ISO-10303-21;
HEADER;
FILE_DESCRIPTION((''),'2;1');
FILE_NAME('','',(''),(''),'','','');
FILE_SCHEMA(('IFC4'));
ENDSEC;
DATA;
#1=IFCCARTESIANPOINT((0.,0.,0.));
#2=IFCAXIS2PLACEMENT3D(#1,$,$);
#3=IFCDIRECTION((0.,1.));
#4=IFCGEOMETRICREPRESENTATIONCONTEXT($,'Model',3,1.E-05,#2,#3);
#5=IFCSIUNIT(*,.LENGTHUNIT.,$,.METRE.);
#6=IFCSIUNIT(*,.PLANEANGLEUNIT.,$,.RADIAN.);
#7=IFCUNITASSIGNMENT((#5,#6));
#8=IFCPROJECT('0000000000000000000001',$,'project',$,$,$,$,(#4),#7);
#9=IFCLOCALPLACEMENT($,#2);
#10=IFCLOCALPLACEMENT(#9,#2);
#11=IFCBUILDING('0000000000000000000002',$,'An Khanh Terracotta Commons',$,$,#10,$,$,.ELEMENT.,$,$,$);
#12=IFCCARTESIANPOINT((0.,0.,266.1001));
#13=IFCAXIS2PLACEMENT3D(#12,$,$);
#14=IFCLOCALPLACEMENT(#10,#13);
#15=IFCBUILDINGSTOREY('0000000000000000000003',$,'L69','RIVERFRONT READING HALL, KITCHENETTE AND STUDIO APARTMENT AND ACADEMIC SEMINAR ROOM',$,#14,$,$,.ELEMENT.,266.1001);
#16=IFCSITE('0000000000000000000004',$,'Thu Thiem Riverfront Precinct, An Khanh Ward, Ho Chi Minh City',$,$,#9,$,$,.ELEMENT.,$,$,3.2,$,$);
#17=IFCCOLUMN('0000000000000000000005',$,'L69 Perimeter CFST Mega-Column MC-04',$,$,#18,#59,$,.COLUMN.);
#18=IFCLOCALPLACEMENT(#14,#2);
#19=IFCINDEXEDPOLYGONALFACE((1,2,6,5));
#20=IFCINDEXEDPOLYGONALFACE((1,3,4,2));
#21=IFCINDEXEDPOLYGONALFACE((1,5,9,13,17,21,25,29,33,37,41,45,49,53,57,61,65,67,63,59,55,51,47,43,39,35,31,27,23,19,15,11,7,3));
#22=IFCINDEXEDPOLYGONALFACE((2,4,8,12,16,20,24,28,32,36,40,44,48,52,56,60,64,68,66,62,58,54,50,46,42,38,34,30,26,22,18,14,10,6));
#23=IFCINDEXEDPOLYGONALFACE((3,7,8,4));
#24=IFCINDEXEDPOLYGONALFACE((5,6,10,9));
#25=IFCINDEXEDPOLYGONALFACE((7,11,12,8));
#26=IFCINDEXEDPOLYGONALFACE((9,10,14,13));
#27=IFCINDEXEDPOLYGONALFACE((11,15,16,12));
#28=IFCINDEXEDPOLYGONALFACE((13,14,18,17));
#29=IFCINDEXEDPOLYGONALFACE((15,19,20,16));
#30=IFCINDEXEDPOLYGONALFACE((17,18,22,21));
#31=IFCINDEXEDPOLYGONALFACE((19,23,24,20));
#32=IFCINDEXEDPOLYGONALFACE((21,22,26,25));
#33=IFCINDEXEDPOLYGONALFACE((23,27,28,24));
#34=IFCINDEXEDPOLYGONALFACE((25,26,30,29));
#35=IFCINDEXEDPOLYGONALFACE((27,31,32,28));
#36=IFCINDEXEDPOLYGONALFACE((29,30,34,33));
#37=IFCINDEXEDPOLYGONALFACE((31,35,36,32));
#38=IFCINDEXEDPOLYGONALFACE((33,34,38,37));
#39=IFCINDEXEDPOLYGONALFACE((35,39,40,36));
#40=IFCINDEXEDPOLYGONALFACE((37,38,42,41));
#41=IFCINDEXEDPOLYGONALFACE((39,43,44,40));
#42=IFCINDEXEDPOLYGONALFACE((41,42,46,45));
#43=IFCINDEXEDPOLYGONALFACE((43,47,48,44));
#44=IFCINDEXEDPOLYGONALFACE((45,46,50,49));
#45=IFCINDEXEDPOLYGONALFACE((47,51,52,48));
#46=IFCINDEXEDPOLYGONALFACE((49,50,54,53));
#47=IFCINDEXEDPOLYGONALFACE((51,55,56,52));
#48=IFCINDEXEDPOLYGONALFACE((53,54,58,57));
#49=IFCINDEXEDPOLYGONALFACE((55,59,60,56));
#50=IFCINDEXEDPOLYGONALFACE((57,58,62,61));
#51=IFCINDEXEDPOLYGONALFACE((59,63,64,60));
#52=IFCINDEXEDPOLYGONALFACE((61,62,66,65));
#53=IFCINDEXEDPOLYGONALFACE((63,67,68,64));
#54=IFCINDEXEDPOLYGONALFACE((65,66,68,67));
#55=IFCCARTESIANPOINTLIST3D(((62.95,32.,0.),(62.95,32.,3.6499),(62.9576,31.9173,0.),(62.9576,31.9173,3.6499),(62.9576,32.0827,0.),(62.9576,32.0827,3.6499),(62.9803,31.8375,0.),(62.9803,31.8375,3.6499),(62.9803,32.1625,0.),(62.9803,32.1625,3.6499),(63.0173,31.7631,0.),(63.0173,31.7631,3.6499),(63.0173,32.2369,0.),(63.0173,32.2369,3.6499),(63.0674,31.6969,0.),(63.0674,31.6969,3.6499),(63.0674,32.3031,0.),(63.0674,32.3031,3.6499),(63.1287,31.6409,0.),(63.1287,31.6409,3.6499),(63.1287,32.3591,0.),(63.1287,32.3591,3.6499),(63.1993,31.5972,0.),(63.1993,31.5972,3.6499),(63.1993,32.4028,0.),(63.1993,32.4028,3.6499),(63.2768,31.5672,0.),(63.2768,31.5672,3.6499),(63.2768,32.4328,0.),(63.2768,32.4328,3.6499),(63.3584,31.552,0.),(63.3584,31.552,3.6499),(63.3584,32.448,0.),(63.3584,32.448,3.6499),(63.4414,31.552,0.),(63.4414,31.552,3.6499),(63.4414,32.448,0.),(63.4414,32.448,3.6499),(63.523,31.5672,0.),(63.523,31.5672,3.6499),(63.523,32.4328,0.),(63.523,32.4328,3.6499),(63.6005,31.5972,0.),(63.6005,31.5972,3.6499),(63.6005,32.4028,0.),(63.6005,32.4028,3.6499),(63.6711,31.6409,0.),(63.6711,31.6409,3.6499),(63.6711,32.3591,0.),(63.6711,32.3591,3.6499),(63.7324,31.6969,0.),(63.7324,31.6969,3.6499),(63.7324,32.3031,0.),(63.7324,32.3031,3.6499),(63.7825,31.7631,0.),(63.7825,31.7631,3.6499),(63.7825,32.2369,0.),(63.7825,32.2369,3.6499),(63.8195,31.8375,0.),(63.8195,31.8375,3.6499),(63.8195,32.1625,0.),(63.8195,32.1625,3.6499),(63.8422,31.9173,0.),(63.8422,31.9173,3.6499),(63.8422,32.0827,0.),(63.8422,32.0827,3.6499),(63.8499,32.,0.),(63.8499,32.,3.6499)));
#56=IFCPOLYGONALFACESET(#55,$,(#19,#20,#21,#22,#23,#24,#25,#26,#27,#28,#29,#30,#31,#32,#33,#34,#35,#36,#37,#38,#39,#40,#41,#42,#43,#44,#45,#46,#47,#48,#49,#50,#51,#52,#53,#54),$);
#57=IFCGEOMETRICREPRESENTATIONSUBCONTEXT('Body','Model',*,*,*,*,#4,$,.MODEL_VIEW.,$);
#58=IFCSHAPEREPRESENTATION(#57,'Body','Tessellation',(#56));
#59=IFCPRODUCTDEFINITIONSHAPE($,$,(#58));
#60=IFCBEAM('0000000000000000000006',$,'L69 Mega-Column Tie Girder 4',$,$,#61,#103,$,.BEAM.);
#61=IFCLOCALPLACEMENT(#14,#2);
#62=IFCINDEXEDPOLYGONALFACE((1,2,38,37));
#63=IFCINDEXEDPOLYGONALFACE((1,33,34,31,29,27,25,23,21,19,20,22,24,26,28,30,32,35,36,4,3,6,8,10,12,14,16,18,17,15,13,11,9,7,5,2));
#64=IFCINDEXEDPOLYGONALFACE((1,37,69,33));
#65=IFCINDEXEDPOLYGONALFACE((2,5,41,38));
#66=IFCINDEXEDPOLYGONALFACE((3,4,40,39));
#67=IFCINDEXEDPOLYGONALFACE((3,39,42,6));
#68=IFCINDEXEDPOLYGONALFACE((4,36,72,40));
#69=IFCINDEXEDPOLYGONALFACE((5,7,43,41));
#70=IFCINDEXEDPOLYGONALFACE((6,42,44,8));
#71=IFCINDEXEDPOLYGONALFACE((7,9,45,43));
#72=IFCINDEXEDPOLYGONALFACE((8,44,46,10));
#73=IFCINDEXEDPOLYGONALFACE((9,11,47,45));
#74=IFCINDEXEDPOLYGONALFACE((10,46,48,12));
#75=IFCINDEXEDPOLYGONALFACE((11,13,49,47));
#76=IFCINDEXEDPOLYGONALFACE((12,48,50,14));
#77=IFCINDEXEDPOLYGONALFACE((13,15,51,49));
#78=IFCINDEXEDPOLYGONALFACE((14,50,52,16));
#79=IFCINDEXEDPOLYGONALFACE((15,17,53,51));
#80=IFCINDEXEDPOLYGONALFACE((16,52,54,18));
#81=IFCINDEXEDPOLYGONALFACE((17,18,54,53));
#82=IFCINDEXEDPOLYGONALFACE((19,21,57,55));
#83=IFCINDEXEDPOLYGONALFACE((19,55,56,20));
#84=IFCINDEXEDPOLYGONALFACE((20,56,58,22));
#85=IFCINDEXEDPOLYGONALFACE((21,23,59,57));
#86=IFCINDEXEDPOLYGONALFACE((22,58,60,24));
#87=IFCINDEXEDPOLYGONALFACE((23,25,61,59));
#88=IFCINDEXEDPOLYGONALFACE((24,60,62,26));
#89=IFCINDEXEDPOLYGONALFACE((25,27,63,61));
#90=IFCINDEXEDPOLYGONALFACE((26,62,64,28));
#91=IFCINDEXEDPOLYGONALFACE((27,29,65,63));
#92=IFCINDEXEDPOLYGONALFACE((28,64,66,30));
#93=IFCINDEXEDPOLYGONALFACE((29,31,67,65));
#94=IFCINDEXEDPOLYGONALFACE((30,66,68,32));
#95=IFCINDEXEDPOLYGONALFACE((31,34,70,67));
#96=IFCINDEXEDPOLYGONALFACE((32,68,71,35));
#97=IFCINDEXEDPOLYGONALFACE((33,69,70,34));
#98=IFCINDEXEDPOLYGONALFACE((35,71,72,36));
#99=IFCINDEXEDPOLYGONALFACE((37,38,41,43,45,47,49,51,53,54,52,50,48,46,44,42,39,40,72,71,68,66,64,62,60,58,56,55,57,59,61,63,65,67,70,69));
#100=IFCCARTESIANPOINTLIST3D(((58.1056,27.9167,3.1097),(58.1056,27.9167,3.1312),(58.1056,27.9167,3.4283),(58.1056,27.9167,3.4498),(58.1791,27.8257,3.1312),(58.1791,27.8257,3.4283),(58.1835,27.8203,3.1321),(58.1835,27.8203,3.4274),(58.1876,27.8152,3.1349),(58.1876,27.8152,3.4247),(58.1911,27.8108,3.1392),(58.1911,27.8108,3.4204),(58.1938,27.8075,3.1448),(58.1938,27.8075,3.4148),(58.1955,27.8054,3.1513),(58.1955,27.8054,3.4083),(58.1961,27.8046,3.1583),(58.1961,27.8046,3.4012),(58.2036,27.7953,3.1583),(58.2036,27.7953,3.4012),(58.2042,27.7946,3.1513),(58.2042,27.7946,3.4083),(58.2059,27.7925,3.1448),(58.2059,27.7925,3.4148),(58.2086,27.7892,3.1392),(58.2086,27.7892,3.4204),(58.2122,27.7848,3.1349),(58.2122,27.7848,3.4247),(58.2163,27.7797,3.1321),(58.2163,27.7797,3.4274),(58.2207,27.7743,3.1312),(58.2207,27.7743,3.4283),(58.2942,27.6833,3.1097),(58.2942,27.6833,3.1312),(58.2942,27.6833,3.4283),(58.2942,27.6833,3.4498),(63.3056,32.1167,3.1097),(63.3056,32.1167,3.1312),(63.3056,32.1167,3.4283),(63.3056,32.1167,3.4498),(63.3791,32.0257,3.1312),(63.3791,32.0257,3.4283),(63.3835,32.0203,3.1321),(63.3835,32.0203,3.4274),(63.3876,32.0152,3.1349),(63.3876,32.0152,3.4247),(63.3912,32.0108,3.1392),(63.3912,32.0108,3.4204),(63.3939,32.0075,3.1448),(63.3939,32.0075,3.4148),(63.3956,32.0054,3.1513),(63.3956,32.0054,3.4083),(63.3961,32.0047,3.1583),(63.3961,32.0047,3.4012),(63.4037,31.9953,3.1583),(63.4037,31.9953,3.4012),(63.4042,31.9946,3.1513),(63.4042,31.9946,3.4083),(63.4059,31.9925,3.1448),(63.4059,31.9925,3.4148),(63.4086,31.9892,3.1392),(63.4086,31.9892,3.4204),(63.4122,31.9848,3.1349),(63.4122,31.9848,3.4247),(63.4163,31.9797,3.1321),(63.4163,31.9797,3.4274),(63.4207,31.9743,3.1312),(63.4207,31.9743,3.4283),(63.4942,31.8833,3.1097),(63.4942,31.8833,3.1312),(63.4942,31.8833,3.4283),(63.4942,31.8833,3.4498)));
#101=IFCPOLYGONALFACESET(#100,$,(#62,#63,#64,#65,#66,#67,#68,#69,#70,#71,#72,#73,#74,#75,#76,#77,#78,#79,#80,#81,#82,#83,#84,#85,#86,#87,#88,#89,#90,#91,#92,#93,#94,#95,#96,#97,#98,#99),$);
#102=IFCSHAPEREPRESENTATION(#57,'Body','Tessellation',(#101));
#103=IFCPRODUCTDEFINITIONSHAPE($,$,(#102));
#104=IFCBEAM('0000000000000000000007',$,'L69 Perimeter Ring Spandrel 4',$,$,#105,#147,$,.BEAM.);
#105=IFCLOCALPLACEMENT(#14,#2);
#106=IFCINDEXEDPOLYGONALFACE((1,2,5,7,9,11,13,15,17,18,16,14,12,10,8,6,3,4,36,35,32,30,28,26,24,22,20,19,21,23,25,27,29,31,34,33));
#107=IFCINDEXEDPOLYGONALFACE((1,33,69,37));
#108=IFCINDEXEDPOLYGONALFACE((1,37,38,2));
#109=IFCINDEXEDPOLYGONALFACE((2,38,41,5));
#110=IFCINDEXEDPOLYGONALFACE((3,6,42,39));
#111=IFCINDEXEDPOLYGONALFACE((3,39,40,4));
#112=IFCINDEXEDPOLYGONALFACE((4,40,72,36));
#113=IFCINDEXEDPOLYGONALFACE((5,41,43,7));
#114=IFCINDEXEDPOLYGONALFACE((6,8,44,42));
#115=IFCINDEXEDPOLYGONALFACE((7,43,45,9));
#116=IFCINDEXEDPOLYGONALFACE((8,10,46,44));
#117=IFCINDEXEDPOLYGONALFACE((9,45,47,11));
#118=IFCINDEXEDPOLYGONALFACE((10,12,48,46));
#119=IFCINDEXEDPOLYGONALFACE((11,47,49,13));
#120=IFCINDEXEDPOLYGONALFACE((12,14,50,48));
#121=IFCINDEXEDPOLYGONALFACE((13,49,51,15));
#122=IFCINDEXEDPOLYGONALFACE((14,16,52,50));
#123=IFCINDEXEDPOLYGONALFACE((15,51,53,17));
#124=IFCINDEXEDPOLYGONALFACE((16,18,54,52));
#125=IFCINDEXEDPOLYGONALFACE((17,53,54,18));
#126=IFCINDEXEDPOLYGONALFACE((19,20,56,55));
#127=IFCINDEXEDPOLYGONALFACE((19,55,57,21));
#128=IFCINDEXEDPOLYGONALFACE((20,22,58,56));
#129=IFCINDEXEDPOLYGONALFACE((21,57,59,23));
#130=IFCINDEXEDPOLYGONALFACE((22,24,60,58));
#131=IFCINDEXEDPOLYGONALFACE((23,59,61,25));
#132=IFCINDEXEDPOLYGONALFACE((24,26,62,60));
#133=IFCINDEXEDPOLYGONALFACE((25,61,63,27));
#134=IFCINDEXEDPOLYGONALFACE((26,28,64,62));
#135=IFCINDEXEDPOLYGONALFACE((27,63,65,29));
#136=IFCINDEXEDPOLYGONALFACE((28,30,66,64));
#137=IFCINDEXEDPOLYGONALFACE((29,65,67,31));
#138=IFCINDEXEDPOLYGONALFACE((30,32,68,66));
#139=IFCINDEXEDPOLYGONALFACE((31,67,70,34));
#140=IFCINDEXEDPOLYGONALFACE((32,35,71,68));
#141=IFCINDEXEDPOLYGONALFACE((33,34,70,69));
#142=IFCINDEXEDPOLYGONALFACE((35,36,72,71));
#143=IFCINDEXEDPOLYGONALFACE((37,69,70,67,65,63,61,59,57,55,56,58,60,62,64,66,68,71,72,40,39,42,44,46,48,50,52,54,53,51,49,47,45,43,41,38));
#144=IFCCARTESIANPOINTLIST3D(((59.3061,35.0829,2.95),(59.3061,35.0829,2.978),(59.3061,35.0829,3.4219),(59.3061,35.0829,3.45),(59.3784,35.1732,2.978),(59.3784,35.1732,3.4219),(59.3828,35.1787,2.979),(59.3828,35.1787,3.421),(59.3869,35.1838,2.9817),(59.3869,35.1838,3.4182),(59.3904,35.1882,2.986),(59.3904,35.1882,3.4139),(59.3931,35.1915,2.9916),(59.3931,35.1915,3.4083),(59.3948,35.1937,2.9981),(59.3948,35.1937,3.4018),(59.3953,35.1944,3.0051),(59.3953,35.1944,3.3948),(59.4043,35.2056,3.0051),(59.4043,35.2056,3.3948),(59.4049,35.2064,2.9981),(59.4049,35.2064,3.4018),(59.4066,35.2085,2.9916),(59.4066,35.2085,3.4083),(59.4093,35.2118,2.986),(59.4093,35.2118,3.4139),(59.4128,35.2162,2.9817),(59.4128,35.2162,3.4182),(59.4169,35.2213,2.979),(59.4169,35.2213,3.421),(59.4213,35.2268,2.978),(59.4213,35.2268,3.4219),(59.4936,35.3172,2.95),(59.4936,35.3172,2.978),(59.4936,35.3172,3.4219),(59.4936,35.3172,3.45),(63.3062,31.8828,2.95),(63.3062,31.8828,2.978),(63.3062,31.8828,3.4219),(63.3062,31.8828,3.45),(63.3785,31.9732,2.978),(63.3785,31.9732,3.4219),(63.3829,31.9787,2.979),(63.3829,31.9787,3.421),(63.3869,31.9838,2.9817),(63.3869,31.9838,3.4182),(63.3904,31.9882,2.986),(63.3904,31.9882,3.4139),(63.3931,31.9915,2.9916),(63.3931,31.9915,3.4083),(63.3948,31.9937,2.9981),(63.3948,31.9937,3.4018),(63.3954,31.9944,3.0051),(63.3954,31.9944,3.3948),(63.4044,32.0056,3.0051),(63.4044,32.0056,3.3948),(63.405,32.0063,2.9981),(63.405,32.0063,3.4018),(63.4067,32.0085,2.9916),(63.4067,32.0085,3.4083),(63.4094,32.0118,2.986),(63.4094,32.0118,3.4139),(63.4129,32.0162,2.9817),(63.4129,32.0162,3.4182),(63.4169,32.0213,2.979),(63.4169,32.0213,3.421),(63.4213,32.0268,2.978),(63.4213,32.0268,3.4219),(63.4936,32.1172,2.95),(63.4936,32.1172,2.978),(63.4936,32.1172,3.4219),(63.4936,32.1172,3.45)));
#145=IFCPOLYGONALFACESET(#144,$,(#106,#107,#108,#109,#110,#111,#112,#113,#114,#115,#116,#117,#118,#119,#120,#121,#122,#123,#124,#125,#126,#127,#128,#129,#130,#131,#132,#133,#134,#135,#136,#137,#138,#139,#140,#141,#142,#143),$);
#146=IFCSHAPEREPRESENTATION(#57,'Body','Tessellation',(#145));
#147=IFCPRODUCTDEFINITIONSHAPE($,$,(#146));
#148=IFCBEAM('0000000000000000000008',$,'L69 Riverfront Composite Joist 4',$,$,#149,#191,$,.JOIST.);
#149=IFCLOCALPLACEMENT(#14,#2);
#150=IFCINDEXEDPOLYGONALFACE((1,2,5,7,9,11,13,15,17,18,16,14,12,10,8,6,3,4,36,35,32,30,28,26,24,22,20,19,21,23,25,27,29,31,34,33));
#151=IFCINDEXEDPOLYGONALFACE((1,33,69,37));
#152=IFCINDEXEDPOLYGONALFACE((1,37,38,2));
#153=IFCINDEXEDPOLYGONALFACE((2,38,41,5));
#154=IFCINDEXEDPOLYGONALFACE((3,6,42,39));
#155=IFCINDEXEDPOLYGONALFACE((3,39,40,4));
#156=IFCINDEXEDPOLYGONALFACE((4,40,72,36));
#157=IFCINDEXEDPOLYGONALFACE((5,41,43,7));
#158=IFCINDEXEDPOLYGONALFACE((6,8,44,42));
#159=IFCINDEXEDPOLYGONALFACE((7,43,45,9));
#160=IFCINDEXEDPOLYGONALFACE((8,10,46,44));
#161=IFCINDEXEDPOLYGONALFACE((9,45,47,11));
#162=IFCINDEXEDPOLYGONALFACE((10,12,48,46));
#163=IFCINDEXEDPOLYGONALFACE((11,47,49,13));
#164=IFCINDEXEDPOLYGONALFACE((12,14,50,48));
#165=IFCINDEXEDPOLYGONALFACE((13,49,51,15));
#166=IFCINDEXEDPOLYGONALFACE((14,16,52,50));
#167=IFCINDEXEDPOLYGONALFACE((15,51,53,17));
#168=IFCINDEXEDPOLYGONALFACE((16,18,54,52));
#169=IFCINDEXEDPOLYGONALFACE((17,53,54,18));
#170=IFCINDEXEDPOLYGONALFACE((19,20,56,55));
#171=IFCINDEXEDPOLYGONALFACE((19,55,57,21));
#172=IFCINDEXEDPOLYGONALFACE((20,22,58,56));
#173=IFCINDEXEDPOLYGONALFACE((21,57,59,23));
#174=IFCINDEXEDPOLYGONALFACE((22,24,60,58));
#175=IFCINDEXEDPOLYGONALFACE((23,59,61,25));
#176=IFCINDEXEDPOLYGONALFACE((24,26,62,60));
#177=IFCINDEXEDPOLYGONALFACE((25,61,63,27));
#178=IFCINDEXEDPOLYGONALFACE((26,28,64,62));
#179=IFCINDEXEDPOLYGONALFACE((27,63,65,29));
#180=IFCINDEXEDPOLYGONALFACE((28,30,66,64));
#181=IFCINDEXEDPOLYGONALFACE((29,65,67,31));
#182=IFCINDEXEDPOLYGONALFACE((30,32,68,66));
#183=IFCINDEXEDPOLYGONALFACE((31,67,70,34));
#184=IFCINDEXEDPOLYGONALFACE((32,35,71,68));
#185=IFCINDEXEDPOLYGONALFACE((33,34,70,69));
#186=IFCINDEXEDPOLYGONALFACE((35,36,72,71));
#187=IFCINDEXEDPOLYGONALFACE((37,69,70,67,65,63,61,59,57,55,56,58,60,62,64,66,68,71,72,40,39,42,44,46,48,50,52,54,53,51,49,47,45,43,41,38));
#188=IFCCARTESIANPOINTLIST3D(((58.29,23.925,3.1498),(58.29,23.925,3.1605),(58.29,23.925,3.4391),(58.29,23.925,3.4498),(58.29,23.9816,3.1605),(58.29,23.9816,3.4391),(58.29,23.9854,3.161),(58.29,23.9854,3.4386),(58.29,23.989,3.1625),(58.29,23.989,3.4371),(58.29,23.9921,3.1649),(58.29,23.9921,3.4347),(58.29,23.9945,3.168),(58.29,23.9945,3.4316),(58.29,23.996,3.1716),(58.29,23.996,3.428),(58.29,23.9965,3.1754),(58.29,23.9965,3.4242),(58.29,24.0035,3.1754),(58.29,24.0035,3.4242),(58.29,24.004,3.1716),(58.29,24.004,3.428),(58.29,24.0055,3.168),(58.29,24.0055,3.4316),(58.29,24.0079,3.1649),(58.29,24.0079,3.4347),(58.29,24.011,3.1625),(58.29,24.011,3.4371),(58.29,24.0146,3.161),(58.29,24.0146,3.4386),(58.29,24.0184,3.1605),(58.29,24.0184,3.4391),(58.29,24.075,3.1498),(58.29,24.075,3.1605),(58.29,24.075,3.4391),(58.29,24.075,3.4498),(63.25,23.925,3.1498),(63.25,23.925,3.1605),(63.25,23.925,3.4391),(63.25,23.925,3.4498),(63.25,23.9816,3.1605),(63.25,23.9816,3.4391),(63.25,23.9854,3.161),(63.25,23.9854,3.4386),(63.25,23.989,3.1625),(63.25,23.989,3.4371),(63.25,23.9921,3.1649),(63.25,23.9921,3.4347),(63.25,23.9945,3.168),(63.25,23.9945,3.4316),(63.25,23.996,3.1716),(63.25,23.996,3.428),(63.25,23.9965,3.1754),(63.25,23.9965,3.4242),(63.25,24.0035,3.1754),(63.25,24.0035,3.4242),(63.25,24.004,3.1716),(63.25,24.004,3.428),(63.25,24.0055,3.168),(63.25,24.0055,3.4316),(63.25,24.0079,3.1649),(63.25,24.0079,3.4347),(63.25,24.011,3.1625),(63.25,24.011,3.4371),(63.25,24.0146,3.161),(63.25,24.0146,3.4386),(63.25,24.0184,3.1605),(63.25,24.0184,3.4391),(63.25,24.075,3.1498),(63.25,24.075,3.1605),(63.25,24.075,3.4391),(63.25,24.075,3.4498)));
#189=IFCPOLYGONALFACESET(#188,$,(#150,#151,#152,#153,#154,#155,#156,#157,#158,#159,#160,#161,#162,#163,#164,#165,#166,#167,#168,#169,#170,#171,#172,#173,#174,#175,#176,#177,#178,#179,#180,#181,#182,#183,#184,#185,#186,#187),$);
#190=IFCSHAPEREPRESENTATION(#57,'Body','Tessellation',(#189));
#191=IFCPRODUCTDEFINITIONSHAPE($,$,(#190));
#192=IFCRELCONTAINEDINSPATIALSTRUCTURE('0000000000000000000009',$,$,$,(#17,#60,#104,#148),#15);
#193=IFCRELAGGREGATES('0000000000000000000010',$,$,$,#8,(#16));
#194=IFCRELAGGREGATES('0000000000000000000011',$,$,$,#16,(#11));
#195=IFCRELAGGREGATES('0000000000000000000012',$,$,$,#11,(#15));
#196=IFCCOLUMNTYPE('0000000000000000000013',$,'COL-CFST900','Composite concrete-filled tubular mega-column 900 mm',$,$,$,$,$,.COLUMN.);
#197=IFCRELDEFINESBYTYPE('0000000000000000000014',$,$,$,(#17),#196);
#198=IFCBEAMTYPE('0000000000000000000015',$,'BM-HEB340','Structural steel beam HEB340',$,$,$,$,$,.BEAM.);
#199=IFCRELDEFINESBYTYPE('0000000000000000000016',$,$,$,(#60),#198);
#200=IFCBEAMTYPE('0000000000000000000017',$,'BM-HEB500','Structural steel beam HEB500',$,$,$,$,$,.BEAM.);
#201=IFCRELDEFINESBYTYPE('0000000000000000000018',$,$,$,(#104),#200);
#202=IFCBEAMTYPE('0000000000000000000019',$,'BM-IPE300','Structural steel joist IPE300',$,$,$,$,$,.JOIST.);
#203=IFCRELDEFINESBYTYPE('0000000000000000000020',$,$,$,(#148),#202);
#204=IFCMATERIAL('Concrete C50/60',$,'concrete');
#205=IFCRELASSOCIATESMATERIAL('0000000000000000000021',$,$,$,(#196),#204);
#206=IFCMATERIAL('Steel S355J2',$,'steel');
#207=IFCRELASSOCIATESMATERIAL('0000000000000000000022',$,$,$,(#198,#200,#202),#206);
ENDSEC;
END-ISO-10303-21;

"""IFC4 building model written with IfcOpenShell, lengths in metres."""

from ifc_helpers import new_model, si_unit, direction, frame, origin, origin_2d, place, context, subcontext, project, spatial, circle, i_section, extrude, material, material_profile, profile_set, type_object, element, save


model = new_model("IFC4")

# Units and contexts
model_context = context("Model", 3, precision=1e-05, world=origin(), true_north=direction((0.0, 1.0)))
body_context = subcontext(model_context, "Body", "Model", "MODEL_VIEW")
ifc_project = project(units=[si_unit("LENGTHUNIT", "METRE"), si_unit("PLANEANGLEUNIT", "RADIAN")], contexts=[model_context])

# Site, building, storey
site_placement = place(None, origin())
site = spatial("IfcSite", under=ifc_project, at=site_placement, Name="Thu Thiem Riverfront Precinct, An Khanh Ward, Ho Chi Minh City", CompositionType="ELEMENT", RefElevation=3.2)
building_placement = place(site_placement, origin())
building = spatial("IfcBuilding", under=site, at=building_placement, Name="An Khanh Terracotta Commons", CompositionType="ELEMENT")
storey_placement = place(building_placement, frame((0.0, 0.0, 266.1001)))
storey = spatial("IfcBuildingStorey", under=building, at=storey_placement, Name="L69", Description="RIVERFRONT READING HALL, KITCHENETTE AND STUDIO APARTMENT AND ACADEMIC SEMINAR ROOM", CompositionType="ELEMENT", Elevation=266.1001)

# Column
ifc_material_1 = material(Name="Concrete C50/60", Category="concrete")
ifc_material_profile_1 = material_profile(ifc_material_1, circle(Radius=0.45, at=origin_2d()), Name="CFST900")
ifc_profile_set_1 = profile_set([ifc_material_profile_1], Name="Concrete C50/60")
column_type = type_object("IfcColumnType", Name="COL-CFST900", Description="Composite concrete-filled tubular mega-column 900 mm", PredefinedType="COLUMN", material=ifc_profile_set_1)
column_placement = place(storey_placement, frame((63.3999, 32.0, 0.0), z_axis=(0.0, 0.0, 1.0), x_axis=(1.0, 0.0, 0.0)))
element("IfcColumn", 1, at=column_placement, inside=storey, type_object=column_type, Name="L69 Perimeter CFST Mega-Column MC-04", PredefinedType="COLUMN", context=body_context, shape_type="SweptSolid", body=[
    extrude(circle(Radius=0.45, at=origin_2d()), origin(), (0.0, 0.0, 1.0), 3.6499),
])

# Beams
ifc_material_2 = material(Name="Steel S355J2", Category="steel")
ifc_material_profile_2 = material_profile(ifc_material_2, i_section(OverallWidth=0.3, OverallDepth=0.3401, WebThickness=0.012, FlangeThickness=0.0215, FilletRadius=0.0271, at=origin_2d()), Name="HEB340")
ifc_profile_set_2 = profile_set([ifc_material_profile_2], Name="Steel S355J2")
beam_type_1 = type_object("IfcBeamType", Name="BM-HEB340", Description="Structural steel beam HEB340", PredefinedType="BEAM", material=ifc_profile_set_2)
beam_1_placement = place(storey_placement, frame((63.3999, 32.0, 3.2798), z_axis=(-0.777942, -0.628336, 0.0), x_axis=(0.628336, -0.777942, 0.0)))
element("IfcBeam", 2, at=beam_1_placement, inside=storey, type_object=beam_type_1, Name="L69 Mega-Column Tie Girder 4", PredefinedType="BEAM", context=body_context, shape_type="SweptSolid", body=[
    extrude(i_section(OverallWidth=0.3, OverallDepth=0.3401, WebThickness=0.012, FlangeThickness=0.0215, FilletRadius=0.0271, at=origin_2d()), origin(), (0.0, 0.0, 1.0), 6.6843),
])
ifc_material_profile_3 = material_profile(ifc_material_2, i_section(OverallWidth=0.3, OverallDepth=0.5, WebThickness=0.0144, FlangeThickness=0.0281, FilletRadius=0.0271, at=origin_2d()), Name="HEB500")
ifc_profile_set_3 = profile_set([ifc_material_profile_3], Name="Steel S355J2")
beam_type_2 = type_object("IfcBeamType", Name="BM-HEB500", Description="Structural steel beam HEB500", PredefinedType="BEAM", material=ifc_profile_set_3)
beam_2_placement = place(storey_placement, frame((63.3999, 32.0, 3.2), z_axis=(-0.780873, 0.624689, 0.0), x_axis=(-0.624689, -0.780873, 0.0)))
element("IfcBeam", 3, at=beam_2_placement, inside=storey, type_object=beam_type_2, Name="L69 Perimeter Ring Spandrel 4", PredefinedType="BEAM", context=body_context, shape_type="SweptSolid", body=[
    extrude(i_section(OverallWidth=0.3, OverallDepth=0.5, WebThickness=0.0144, FlangeThickness=0.0281, FilletRadius=0.0271, at=origin_2d()), origin(), (0.0, 0.0, 1.0), 5.1226),
])
ifc_material_profile_4 = material_profile(ifc_material_2, i_section(OverallWidth=0.1499, OverallDepth=0.3, WebThickness=0.0071, FlangeThickness=0.0107, FilletRadius=0.0149, at=origin_2d()), Name="IPE300")
ifc_profile_set_4 = profile_set([ifc_material_profile_4], Name="Steel S355J2")
beam_type_3 = type_object("IfcBeamType", Name="BM-IPE300", Description="Structural steel joist IPE300", PredefinedType="JOIST", material=ifc_profile_set_4)
for number, where, z_axis, x_axis, name in (
    (4, (58.29, 24.0, 3.2998), (1.0, 0.0, 0.0), (0.0, 1.0, 0.0), "L69 Riverfront Composite Joist 4"),
):
    element("IfcBeam", number, at=place(storey_placement, frame(where, z_axis=z_axis, x_axis=x_axis)), inside=storey, type_object=beam_type_3, Name=name, PredefinedType="JOIST", context=body_context, shape_type="SweptSolid", body=[
        extrude(i_section(OverallWidth=0.1499, OverallDepth=0.3, WebThickness=0.0071, FlangeThickness=0.0107, FilletRadius=0.0149, at=origin_2d()), origin(), (0.0, 0.0, 1.0), 4.96),
    ])

save(model, "model.ifc")
